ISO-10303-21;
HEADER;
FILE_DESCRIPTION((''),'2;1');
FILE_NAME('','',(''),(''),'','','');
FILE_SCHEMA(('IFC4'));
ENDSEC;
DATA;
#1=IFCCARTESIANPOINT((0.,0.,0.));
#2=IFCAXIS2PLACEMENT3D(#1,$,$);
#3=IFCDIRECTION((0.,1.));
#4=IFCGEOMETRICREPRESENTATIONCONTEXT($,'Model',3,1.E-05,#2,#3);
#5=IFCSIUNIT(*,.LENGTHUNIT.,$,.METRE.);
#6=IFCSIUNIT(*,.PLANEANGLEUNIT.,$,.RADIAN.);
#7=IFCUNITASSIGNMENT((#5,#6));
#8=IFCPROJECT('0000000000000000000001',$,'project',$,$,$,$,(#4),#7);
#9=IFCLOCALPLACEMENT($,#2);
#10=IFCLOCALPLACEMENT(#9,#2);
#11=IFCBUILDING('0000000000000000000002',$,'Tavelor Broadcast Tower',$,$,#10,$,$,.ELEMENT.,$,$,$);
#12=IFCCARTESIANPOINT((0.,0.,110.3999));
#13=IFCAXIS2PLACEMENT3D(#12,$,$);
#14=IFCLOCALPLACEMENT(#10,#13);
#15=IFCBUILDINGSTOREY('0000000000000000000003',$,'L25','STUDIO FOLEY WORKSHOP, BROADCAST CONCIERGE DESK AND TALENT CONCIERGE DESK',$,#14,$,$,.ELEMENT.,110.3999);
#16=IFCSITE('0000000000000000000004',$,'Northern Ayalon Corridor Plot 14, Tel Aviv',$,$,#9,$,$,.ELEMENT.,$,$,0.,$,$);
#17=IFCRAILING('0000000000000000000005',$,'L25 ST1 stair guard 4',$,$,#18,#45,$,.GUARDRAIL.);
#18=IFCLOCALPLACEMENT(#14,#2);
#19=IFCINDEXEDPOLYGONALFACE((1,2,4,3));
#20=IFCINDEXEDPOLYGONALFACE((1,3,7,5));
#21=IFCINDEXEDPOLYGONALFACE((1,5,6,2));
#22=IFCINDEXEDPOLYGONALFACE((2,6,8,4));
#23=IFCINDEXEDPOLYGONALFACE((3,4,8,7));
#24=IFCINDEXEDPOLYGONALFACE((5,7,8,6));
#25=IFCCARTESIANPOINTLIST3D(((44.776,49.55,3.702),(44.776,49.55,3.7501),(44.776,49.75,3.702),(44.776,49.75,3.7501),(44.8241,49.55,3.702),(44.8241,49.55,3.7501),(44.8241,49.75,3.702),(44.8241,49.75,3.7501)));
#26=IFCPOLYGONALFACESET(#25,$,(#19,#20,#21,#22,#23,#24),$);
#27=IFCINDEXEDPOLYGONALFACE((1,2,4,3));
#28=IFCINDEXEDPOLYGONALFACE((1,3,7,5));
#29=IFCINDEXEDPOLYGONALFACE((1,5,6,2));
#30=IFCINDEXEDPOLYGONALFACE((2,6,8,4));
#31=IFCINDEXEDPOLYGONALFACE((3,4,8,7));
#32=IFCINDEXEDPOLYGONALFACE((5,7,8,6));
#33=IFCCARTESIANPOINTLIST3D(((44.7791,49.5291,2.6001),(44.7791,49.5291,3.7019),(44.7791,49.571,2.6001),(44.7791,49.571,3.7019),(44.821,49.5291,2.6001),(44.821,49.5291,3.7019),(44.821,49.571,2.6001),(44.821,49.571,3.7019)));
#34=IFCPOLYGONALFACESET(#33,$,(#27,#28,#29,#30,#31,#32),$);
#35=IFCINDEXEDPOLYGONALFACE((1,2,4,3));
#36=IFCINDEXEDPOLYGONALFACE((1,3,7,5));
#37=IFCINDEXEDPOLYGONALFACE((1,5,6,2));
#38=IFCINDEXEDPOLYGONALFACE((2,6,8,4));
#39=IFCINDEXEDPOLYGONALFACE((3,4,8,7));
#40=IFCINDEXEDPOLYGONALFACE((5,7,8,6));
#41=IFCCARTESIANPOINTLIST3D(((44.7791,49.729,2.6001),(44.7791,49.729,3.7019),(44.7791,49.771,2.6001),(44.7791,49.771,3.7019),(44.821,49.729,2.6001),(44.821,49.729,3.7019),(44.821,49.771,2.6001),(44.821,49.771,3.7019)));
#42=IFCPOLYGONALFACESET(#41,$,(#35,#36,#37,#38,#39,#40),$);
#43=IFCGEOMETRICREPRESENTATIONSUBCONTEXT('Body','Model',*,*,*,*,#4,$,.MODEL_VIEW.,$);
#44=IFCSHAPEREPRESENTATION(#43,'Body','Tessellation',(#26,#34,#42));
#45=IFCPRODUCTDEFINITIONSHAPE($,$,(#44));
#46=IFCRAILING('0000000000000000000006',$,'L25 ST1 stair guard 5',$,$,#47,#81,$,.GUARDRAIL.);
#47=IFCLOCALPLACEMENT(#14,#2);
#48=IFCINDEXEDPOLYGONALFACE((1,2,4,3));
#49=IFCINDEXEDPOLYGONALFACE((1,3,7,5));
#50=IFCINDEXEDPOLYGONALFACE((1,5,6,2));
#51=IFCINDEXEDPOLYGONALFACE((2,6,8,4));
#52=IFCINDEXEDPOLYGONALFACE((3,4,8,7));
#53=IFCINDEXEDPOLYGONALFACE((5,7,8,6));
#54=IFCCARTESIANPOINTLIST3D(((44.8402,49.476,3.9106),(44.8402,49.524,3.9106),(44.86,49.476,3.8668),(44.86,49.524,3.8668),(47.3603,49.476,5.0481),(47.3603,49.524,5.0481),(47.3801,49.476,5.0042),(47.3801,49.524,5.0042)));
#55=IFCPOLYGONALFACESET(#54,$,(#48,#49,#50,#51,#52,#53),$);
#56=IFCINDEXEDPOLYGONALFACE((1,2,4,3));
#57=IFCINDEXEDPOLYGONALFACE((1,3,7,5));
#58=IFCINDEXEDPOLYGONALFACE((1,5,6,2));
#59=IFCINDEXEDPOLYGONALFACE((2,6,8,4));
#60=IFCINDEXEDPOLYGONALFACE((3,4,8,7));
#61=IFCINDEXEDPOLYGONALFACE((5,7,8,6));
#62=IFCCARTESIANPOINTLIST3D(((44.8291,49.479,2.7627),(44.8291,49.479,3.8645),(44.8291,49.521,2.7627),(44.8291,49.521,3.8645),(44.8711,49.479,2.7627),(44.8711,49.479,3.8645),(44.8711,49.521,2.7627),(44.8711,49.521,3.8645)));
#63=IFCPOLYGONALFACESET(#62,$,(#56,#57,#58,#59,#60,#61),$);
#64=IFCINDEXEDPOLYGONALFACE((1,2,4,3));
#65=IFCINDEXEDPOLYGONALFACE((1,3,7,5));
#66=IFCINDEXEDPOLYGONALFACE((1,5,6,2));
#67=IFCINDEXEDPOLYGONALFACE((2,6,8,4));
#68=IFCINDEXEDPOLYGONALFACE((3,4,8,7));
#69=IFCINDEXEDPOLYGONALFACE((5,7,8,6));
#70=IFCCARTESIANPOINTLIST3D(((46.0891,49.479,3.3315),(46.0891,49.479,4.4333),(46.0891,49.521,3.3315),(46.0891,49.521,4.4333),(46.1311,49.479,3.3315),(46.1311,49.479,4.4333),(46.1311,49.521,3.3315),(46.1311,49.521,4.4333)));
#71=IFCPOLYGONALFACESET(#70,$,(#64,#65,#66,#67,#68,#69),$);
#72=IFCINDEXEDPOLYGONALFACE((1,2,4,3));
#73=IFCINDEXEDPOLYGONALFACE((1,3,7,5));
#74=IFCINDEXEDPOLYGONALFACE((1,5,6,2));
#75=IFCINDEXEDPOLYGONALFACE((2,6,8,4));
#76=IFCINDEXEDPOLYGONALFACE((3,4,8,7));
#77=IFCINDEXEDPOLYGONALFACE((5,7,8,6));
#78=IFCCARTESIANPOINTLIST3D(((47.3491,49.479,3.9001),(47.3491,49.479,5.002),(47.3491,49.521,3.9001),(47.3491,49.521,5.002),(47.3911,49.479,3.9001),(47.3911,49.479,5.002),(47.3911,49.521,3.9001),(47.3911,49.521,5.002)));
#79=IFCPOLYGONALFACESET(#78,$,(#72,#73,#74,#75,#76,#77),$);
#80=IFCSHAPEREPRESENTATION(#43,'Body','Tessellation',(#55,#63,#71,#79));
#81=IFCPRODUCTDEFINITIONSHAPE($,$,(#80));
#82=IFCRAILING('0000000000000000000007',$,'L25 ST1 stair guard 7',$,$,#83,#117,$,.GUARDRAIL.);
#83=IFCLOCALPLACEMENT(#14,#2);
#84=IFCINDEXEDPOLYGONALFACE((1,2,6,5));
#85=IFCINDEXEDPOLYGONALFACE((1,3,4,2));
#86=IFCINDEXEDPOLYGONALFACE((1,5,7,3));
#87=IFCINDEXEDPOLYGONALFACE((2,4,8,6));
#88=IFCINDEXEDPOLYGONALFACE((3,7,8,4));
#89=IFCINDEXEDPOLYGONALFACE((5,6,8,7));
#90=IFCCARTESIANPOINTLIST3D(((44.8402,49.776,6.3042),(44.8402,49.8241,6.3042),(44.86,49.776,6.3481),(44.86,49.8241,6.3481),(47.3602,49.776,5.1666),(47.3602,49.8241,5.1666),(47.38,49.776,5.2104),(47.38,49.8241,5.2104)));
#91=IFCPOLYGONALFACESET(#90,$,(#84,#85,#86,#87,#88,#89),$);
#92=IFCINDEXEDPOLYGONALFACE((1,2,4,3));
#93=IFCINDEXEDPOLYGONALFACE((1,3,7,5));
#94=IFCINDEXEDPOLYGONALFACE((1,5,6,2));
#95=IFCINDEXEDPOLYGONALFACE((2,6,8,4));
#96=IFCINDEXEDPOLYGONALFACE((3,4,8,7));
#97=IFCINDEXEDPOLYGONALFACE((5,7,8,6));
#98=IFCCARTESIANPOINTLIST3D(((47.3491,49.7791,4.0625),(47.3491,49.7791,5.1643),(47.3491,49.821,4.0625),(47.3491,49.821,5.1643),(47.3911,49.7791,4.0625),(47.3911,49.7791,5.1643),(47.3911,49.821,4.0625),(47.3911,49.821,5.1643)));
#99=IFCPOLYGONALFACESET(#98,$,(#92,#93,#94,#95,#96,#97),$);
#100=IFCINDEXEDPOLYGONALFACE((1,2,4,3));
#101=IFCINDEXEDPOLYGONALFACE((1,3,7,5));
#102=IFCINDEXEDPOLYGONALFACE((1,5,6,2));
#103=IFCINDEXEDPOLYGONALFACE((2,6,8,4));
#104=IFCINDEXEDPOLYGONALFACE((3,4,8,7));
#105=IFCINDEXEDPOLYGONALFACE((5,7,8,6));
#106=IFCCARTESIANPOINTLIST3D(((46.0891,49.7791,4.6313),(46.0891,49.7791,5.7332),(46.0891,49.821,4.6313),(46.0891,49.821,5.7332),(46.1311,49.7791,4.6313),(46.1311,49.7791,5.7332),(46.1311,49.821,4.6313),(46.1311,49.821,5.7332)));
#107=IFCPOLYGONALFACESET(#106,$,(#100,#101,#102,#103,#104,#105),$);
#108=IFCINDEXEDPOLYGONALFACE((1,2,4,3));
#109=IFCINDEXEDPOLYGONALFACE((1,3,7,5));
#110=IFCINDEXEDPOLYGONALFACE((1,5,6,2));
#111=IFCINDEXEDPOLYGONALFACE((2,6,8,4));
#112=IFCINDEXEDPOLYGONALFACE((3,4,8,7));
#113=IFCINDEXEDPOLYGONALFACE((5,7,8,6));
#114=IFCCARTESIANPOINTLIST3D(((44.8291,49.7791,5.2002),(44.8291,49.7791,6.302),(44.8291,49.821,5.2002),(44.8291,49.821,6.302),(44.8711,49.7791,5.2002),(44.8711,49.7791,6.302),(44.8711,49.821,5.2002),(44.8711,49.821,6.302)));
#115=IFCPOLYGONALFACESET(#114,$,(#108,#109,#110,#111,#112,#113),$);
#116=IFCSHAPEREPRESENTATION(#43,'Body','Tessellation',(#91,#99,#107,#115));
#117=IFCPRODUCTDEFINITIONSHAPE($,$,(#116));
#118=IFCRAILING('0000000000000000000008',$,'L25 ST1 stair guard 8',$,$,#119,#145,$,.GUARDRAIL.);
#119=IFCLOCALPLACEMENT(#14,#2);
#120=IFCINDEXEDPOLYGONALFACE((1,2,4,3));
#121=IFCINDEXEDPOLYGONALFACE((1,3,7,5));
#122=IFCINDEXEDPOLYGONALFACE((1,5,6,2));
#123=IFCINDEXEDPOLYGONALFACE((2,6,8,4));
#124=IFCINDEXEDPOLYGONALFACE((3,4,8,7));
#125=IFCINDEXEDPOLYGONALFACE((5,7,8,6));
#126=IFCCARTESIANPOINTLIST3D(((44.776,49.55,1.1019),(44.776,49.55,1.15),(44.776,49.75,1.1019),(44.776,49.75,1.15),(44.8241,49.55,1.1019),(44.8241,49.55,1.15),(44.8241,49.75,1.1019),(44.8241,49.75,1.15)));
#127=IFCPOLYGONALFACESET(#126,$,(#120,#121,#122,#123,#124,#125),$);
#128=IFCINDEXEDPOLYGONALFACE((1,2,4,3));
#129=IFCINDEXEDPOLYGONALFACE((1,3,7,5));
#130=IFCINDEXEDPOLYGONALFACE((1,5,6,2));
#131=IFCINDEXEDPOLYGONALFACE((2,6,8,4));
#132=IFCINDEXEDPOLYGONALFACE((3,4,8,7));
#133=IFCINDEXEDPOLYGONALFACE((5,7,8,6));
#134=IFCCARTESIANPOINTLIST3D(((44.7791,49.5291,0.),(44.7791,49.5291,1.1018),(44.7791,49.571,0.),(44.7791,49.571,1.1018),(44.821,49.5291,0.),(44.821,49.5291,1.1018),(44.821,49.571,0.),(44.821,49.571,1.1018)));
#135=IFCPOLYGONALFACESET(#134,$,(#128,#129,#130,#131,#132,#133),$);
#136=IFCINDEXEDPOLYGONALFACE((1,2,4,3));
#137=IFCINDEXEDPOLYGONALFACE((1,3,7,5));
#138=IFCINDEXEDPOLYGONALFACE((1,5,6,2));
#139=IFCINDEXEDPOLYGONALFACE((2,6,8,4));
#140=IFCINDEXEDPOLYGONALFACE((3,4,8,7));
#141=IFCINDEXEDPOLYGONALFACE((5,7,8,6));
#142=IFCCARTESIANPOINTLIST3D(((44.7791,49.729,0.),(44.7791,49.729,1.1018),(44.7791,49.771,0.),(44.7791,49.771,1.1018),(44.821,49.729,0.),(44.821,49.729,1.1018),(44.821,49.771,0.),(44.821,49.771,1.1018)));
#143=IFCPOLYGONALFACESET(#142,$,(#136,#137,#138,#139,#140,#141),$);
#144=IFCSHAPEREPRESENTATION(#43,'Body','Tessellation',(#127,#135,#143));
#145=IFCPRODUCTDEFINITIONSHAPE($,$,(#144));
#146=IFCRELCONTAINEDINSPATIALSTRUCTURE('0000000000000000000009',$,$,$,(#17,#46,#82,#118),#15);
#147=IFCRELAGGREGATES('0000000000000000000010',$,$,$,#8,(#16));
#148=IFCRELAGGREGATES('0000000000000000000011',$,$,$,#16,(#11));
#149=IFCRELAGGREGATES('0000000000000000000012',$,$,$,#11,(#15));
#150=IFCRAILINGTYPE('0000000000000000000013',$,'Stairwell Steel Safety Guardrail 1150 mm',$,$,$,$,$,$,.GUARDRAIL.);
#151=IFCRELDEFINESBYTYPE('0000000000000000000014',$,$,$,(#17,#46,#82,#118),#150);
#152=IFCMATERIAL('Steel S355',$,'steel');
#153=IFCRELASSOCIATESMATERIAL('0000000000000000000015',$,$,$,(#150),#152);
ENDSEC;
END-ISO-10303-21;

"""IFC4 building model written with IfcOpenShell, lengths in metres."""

from ifc_helpers import new_model, si_unit, direction, frame, origin, origin_2d, place, context, subcontext, project, spatial, rectangle, extrude, material, type_object, element, save


model = new_model("IFC4")

# Units and contexts
model_context = context("Model", 3, precision=1e-05, world=origin(), true_north=direction((0.0, 1.0)))
body_context = subcontext(model_context, "Body", "Model", "MODEL_VIEW")
ifc_project = project(units=[si_unit("LENGTHUNIT", "METRE"), si_unit("PLANEANGLEUNIT", "RADIAN")], contexts=[model_context])

# Site, building, storey
site_placement = place(None, origin())
site = spatial("IfcSite", under=ifc_project, at=site_placement, Name="Northern Ayalon Corridor Plot 14, Tel Aviv", CompositionType="ELEMENT", RefElevation=0.0)
building_placement = place(site_placement, origin())
building = spatial("IfcBuilding", under=site, at=building_placement, Name="Tavelor Broadcast Tower", CompositionType="ELEMENT")
storey_placement = place(building_placement, frame((0.0, 0.0, 110.3999)))
storey = spatial("IfcBuildingStorey", under=building, at=storey_placement, Name="L25", Description="STUDIO FOLEY WORKSHOP, BROADCAST CONCIERGE DESK AND TALENT CONCIERGE DESK", CompositionType="ELEMENT", Elevation=110.3999)

# Shared definitions
ifc_material_1 = material(Name="Steel S355", Category="steel")

# Railings
railing_type_1 = type_object("IfcRailingType", Name="Stairwell Steel Safety Guardrail 1150 mm", PredefinedType="GUARDRAIL", material=ifc_material_1)
railing_1_placement = place(storey_placement, frame((44.8, 49.55, 2.6001)))
element("IfcRailing", 1, at=railing_1_placement, inside=storey, type_object=railing_type_1, Name="L25 ST1 stair guard 4", PredefinedType="GUARDRAIL", context=body_context, shape_type="SweptSolid", body=[
    extrude(rectangle(XDim=0.0481, YDim=0.0481, at=origin_2d()), frame((0.0, 0.0, 1.126), z_axis=(0.0, 1.0, 0.0), x_axis=(-1.0, 0.0, 0.0)), (0.0, 0.0, 1.0), 0.2),
    extrude(rectangle(XDim=0.042, YDim=0.042, at=origin_2d()), origin(), (0.0, 0.0, 1.0), 1.1018),
    extrude(rectangle(XDim=0.042, YDim=0.042, at=origin_2d()), frame((0.0, 0.2, 0.0)), (0.0, 0.0, 1.0), 1.1018),
])
railing_2_placement = place(storey_placement, frame((44.8501, 49.5, 2.7627)))
element("IfcRailing", 2, at=railing_2_placement, inside=storey, type_object=railing_type_1, Name="L25 ST1 stair guard 5", PredefinedType="GUARDRAIL", context=body_context, shape_type="SweptSolid", body=[
    extrude(rectangle(XDim=0.0481, YDim=0.0481, at=origin_2d()), frame((0.0, 0.0, 1.126), z_axis=(0.911455, 0.0, 0.4114), x_axis=(0.0, 1.0, 0.0)), (0.0, 0.0, 1.0), 2.7649),
    extrude(rectangle(XDim=0.042, YDim=0.042, at=origin_2d()), origin(), (0.0, 0.0, 1.0), 1.1018),
    extrude(rectangle(XDim=0.042, YDim=0.042, at=origin_2d()), frame((1.26, 0.0, 0.5688)), (0.0, 0.0, 1.0), 1.1018),
    extrude(rectangle(XDim=0.042, YDim=0.042, at=origin_2d()), frame((2.52, 0.0, 1.1375)), (0.0, 0.0, 1.0), 1.1018),
])
railing_3_placement = place(storey_placement, frame((47.3701, 49.8, 4.0625)))
element("IfcRailing", 3, at=railing_3_placement, inside=storey, type_object=railing_type_1, Name="L25 ST1 stair guard 7", PredefinedType="GUARDRAIL", context=body_context, shape_type="SweptSolid", body=[
    extrude(rectangle(XDim=0.0481, YDim=0.0481, at=origin_2d()), frame((0.0, 0.0, 1.126), z_axis=(-0.911422, 0.0, 0.411473), x_axis=(0.0, -1.0, 0.0)), (0.0, 0.0, 1.0), 2.7649),
    extrude(rectangle(XDim=0.042, YDim=0.042, at=origin_2d()), origin(), (0.0, 0.0, 1.0), 1.1018),
    extrude(rectangle(XDim=0.042, YDim=0.042, at=origin_2d()), frame((-1.26, 0.0, 0.5688)), (0.0, 0.0, 1.0), 1.1018),
    extrude(rectangle(XDim=0.042, YDim=0.042, at=origin_2d()), frame((-2.52, 0.0, 1.1377)), (0.0, 0.0, 1.0), 1.1018),
])
railing_4_placement = place(storey_placement, frame((44.8, 49.55, 0.0)))
element("IfcRailing", 4, at=railing_4_placement, inside=storey, type_object=railing_type_1, Name="L25 ST1 stair guard 8", PredefinedType="GUARDRAIL", context=body_context, shape_type="SweptSolid", body=[
    extrude(rectangle(XDim=0.0481, YDim=0.0481, at=origin_2d()), frame((0.0, 0.0, 1.126), z_axis=(0.0, 1.0, 0.0), x_axis=(-1.0, 0.0, 0.0)), (0.0, 0.0, 1.0), 0.2),
    extrude(rectangle(XDim=0.042, YDim=0.042, at=origin_2d()), origin(), (0.0, 0.0, 1.0), 1.1018),
    extrude(rectangle(XDim=0.042, YDim=0.042, at=origin_2d()), frame((0.0, 0.2, 0.0)), (0.0, 0.0, 1.0), 1.1018),
])

save(model, "model.ifc")
